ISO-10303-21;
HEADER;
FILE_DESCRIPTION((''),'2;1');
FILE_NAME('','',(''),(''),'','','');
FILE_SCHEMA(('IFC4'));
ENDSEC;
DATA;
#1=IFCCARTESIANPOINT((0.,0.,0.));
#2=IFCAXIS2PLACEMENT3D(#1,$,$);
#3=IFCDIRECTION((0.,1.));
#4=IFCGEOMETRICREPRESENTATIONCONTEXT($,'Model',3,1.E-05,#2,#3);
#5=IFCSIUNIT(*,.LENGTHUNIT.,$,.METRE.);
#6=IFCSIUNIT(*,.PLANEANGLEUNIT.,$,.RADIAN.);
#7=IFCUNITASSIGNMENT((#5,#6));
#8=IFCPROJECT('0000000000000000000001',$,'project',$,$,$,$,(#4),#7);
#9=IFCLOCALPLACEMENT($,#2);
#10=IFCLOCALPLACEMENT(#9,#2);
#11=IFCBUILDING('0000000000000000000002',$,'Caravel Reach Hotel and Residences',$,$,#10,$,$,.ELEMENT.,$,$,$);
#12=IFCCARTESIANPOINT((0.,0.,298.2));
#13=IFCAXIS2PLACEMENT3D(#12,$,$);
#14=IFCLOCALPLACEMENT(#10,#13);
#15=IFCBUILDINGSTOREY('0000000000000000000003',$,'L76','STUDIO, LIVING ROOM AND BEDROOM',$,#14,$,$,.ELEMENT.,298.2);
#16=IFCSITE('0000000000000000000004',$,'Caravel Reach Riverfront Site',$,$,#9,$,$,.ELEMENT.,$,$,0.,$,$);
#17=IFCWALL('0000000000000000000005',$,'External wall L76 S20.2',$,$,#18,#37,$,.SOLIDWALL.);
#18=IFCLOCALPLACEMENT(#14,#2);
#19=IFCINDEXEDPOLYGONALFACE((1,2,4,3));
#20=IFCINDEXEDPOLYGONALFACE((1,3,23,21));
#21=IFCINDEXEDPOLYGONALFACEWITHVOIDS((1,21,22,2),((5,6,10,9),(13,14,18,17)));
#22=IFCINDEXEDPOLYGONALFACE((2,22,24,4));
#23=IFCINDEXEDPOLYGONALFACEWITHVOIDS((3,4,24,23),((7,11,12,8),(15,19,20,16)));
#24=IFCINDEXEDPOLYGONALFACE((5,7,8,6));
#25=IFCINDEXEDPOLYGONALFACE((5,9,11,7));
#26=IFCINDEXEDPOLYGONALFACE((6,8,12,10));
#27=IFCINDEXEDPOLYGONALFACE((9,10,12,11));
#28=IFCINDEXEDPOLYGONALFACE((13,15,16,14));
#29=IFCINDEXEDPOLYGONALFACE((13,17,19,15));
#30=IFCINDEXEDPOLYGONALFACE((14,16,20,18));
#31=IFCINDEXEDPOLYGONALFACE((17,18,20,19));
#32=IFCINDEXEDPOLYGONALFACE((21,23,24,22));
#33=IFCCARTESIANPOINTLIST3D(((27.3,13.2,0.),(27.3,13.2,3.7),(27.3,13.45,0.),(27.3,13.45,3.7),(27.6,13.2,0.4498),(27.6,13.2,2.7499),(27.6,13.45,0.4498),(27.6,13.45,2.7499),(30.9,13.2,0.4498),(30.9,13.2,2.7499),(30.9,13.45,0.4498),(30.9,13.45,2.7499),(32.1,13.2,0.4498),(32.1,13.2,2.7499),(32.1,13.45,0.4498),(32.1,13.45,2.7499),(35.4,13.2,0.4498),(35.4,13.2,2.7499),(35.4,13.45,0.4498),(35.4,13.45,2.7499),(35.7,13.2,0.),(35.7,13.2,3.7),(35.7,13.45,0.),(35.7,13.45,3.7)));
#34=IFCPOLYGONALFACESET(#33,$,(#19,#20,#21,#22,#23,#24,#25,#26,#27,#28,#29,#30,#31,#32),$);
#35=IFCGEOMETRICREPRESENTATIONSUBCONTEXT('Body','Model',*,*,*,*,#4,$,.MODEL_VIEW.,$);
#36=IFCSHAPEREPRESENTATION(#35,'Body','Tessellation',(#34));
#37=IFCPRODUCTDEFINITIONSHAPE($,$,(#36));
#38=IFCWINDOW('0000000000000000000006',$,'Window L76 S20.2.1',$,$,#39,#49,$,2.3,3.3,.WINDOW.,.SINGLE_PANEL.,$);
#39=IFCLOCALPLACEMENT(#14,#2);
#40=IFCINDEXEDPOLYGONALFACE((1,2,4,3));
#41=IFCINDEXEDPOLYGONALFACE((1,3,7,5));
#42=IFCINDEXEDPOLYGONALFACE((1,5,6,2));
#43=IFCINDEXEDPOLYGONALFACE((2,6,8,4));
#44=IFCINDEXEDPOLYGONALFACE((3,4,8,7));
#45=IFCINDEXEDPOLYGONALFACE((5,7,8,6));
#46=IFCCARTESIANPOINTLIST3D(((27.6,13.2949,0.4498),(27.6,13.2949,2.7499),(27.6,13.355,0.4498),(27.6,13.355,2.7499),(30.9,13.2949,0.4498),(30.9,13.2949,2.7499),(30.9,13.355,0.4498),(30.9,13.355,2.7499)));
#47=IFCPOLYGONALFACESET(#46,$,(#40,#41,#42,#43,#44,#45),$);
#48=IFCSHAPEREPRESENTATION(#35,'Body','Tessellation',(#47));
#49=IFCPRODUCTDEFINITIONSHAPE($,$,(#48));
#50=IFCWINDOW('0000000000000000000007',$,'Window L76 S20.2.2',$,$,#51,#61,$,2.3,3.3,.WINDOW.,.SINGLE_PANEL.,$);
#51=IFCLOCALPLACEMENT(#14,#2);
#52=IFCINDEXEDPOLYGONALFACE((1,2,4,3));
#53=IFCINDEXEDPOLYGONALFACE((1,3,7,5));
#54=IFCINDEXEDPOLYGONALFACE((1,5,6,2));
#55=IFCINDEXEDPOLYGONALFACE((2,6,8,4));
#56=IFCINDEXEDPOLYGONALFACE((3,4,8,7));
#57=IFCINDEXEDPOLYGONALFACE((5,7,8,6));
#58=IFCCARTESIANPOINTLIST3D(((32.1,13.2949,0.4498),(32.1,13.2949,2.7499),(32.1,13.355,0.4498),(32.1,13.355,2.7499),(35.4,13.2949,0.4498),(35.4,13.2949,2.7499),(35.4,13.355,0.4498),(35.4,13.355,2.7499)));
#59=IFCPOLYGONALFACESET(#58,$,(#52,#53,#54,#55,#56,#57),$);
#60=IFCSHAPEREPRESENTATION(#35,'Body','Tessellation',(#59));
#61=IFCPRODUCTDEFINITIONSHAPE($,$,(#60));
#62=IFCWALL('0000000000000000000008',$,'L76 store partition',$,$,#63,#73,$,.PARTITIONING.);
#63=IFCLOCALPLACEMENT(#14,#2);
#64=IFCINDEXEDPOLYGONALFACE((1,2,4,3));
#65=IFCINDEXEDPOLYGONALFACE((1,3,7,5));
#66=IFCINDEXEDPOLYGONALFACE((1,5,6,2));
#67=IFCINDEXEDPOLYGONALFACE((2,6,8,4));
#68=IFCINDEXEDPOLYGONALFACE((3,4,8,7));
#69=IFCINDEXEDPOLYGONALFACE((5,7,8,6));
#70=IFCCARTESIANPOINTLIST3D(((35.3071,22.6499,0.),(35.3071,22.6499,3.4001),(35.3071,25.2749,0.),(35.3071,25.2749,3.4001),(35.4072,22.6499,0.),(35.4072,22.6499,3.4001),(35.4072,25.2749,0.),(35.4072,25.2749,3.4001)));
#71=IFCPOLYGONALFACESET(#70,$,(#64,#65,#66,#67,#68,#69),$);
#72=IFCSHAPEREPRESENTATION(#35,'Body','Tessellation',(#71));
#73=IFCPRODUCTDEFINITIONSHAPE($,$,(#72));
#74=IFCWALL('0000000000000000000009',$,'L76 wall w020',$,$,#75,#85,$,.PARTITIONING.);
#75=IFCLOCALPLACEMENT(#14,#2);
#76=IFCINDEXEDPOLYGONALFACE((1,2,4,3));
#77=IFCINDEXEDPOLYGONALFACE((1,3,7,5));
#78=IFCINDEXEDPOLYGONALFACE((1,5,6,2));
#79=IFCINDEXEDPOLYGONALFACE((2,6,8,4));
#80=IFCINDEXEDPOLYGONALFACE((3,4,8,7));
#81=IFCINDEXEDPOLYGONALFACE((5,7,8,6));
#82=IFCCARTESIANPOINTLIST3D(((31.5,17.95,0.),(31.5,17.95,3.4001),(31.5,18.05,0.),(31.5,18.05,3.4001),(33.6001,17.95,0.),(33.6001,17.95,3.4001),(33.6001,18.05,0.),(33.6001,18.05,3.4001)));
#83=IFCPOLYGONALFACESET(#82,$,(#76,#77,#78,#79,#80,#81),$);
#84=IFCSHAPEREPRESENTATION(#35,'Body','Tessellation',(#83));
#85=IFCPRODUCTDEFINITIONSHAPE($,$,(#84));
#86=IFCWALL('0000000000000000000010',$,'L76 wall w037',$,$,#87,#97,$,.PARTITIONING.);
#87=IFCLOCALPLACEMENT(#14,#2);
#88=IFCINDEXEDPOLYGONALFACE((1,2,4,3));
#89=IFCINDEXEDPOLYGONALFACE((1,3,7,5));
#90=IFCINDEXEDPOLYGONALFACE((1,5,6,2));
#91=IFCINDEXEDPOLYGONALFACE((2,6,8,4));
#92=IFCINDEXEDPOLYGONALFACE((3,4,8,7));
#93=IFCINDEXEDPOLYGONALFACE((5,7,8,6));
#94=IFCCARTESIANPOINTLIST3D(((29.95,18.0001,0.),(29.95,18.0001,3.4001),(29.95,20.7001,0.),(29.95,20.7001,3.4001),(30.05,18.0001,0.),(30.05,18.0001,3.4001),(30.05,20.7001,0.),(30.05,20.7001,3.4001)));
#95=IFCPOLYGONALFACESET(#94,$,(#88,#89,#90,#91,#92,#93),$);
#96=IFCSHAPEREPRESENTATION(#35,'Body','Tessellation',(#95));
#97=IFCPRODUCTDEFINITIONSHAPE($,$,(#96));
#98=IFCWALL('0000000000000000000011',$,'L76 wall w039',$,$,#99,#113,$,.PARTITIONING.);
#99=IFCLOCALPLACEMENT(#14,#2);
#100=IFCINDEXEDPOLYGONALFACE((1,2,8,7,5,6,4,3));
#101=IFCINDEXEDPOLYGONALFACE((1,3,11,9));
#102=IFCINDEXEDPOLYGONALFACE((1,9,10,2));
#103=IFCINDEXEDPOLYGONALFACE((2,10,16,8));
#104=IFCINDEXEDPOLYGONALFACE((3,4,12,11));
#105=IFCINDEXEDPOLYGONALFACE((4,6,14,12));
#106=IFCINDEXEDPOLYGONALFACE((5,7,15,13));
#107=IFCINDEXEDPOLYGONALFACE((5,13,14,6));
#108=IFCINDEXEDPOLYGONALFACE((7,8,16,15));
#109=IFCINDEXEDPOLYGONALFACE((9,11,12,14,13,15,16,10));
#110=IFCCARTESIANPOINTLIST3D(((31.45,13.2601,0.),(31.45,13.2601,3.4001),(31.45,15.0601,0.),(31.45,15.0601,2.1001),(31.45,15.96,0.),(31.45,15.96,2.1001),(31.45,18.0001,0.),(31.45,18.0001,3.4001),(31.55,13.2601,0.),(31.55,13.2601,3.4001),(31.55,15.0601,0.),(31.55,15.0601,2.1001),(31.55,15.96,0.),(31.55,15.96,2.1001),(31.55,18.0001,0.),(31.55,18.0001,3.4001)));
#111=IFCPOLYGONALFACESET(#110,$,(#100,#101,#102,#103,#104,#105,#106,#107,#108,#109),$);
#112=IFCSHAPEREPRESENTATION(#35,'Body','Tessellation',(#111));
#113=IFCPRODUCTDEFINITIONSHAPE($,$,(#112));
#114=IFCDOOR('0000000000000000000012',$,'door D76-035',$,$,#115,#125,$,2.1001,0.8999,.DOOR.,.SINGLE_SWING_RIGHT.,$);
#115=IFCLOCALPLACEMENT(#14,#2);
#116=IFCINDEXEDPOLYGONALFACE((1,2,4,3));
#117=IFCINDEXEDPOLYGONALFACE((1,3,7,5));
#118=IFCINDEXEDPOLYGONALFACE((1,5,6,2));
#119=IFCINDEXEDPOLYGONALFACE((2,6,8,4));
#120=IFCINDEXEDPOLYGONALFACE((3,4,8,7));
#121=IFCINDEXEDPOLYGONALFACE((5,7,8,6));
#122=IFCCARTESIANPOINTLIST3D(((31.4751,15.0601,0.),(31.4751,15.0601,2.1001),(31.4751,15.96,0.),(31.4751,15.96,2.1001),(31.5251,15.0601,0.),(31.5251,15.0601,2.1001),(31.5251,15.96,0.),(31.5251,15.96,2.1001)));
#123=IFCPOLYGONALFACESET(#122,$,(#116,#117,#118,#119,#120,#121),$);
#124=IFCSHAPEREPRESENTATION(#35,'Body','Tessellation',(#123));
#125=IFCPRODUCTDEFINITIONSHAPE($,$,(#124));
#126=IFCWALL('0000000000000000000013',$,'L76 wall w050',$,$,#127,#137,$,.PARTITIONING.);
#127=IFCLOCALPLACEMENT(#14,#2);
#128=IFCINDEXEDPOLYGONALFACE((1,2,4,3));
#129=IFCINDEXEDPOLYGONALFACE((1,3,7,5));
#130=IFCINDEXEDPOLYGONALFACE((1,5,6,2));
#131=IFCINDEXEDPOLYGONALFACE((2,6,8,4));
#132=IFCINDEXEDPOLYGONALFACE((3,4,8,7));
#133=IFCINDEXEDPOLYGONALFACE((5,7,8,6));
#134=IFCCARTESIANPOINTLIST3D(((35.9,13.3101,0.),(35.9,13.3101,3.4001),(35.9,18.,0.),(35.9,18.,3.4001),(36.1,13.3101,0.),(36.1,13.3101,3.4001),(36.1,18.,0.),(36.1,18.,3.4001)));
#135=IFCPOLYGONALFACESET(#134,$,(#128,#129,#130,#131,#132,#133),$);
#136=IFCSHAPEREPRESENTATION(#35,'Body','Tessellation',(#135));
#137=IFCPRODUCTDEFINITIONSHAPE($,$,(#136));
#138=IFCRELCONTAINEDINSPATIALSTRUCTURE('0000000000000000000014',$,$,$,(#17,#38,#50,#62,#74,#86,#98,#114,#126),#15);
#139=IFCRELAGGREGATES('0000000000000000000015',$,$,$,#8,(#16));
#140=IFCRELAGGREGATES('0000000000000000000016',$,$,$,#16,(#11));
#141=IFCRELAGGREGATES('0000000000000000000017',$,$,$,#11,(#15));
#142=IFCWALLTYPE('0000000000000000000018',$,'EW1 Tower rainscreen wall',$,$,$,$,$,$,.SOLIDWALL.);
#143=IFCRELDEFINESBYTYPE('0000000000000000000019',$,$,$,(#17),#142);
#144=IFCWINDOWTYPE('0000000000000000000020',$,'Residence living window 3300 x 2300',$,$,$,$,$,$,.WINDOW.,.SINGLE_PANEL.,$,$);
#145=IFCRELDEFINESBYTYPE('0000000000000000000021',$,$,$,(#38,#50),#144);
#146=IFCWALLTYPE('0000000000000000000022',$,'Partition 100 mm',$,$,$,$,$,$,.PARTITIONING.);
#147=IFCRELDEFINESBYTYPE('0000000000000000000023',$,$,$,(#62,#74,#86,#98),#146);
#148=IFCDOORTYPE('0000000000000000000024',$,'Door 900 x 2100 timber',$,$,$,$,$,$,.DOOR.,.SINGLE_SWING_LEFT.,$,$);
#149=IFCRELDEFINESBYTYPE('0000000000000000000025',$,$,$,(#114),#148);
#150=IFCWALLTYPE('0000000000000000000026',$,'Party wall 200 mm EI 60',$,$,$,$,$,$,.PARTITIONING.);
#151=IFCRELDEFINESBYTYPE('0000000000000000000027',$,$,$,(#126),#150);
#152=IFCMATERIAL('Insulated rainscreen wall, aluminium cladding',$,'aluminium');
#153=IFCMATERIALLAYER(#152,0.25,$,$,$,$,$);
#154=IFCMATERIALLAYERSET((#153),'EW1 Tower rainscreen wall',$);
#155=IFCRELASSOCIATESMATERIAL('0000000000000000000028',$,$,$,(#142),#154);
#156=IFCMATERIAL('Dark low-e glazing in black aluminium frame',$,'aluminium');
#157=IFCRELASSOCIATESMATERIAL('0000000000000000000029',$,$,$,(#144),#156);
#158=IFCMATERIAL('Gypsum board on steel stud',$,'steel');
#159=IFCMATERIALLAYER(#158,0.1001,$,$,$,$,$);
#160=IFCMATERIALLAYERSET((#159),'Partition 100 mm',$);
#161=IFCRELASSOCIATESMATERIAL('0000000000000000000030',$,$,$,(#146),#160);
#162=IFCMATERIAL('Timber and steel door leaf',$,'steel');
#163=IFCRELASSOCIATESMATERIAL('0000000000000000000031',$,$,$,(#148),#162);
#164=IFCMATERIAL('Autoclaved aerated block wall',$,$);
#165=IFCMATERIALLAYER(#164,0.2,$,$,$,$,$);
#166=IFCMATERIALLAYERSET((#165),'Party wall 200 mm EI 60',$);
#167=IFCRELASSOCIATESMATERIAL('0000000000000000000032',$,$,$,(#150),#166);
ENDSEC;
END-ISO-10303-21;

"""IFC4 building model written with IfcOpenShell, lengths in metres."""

from ifc_helpers import new_model, si_unit, direction, frame, frame_2d, origin, place, context, subcontext, project, spatial, rectangle, extrude, material, layer, layer_set, type_object, element, fill, save


model = new_model("IFC4")

# Units and contexts
model_context = context("Model", 3, precision=1e-05, world=origin(), true_north=direction((0.0, 1.0)))
body_context = subcontext(model_context, "Body", "Model", "MODEL_VIEW")
ifc_project = project(units=[si_unit("LENGTHUNIT", "METRE"), si_unit("PLANEANGLEUNIT", "RADIAN")], contexts=[model_context])

# Site, building, storey
site_placement = place(None, origin())
site = spatial("IfcSite", under=ifc_project, at=site_placement, Name="Caravel Reach Riverfront Site", CompositionType="ELEMENT", RefElevation=0.0)
building_placement = place(site_placement, origin())
building = spatial("IfcBuilding", under=site, at=building_placement, Name="Caravel Reach Hotel and Residences", CompositionType="ELEMENT")
storey_placement = place(building_placement, frame((0.0, 0.0, 298.2)))
storey = spatial("IfcBuildingStorey", under=building, at=storey_placement, Name="L76", Description="STUDIO, LIVING ROOM AND BEDROOM", CompositionType="ELEMENT", Elevation=298.2)

# Wall, openings, windows
ifc_material_1 = material(Name="Insulated rainscreen wall, aluminium cladding", Category="aluminium")
ifc_layer_1 = layer(ifc_material_1, 0.25)
ifc_layer_set_1 = layer_set([ifc_layer_1], Name="EW1 Tower rainscreen wall")
wall_type_1 = type_object("IfcWallType", Name="EW1 Tower rainscreen wall", PredefinedType="SOLIDWALL", material=ifc_layer_set_1)
wall_1_placement = place(storey_placement, frame((27.3, 13.325, 0.0), z_axis=(0.0, 0.0, 1.0), x_axis=(1.0, 0.0, 0.0)))
wall_1 = element("IfcWall", 1, at=wall_1_placement, inside=storey, type_object=wall_type_1, Name="External wall L76 S20.2", PredefinedType="SOLIDWALL", context=body_context, shape_type="SweptSolid", body=[
    extrude(rectangle(XDim=8.3999, YDim=0.25, at=frame_2d((4.2, 0.0))), origin(), (0.0, 0.0, 1.0), 3.7),
])
opening_1_placement = place(wall_1_placement, frame((0.3, 0.0, 0.45)))
opening_1 = element("IfcOpeningElement", 2, at=opening_1_placement, cuts=wall_1, PredefinedType="OPENING", context=body_context, shape_type="SweptSolid", body=[
    extrude(rectangle(XDim=3.3, YDim=2.3, at=frame_2d((1.6499, 1.1499))), frame((0.0, 0.135, 0.0), z_axis=(0.0, -1.0, 0.0), x_axis=(1.0, 0.0, 0.0)), (0.0, 0.0, 1.0), 0.27),
])
opening_2_placement = place(wall_1_placement, frame((4.8, 0.0, 0.45)))
opening_2 = element("IfcOpeningElement", 3, at=opening_2_placement, cuts=wall_1, PredefinedType="OPENING", context=body_context, shape_type="SweptSolid", body=[
    extrude(rectangle(XDim=3.3, YDim=2.3, at=frame_2d((1.6499, 1.1499))), frame((0.0, 0.135, 0.0), z_axis=(0.0, -1.0, 0.0), x_axis=(1.0, 0.0, 0.0)), (0.0, 0.0, 1.0), 0.27),
])
ifc_material_2 = material(Name="Dark low-e glazing in black aluminium frame", Category="aluminium")
window_type = type_object("IfcWindowType", Name="Residence living window 3300 x 2300", PartitioningType="SINGLE_PANEL", PredefinedType="WINDOW", material=ifc_material_2)
window_1_placement = place(opening_1_placement, origin())
window_1 = element("IfcWindow", 4, at=window_1_placement, inside=storey, type_object=window_type, Name="Window L76 S20.2.1", OverallHeight=2.3, OverallWidth=3.3, PartitioningType="SINGLE_PANEL", PredefinedType="WINDOW", context=body_context, shape_type="SweptSolid", body=[
    extrude(rectangle(XDim=3.3, YDim=2.3, at=frame_2d((1.6499, 1.1499))), frame((0.0, 0.03, 0.0), z_axis=(0.0, -1.0, 0.0), x_axis=(1.0, 0.0, 0.0)), (0.0, 0.0, 1.0), 0.0601),
])
fill(opening_1, window_1)
window_2_placement = place(opening_2_placement, origin())
window_2 = element("IfcWindow", 5, at=window_2_placement, inside=storey, type_object=window_type, Name="Window L76 S20.2.2", OverallHeight=2.3, OverallWidth=3.3, PartitioningType="SINGLE_PANEL", PredefinedType="WINDOW", context=body_context, shape_type="SweptSolid", body=[
    extrude(rectangle(XDim=3.3, YDim=2.3, at=frame_2d((1.6499, 1.1499))), frame((0.0, 0.03, 0.0), z_axis=(0.0, -1.0, 0.0), x_axis=(1.0, 0.0, 0.0)), (0.0, 0.0, 1.0), 0.0601),
])
fill(opening_2, window_2)

# Walls
ifc_material_3 = material(Name="Gypsum board on steel stud", Category="steel")
ifc_layer_2 = layer(ifc_material_3, 0.1001)
ifc_layer_set_2 = layer_set([ifc_layer_2], Name="Partition 100 mm")
wall_type_2 = type_object("IfcWallType", Name="Partition 100 mm", PredefinedType="PARTITIONING", material=ifc_layer_set_2)
wall_2_placement = place(storey_placement, frame((35.3572, 22.6499, 0.0), z_axis=(0.0, 0.0, 1.0), x_axis=(0.0, 1.0, 0.0)))
element("IfcWall", 6, at=wall_2_placement, inside=storey, type_object=wall_type_2, Name="L76 store partition", PredefinedType="PARTITIONING", context=body_context, shape_type="SweptSolid", body=[
    extrude(rectangle(XDim=2.625, YDim=0.1001, at=frame_2d((1.3125, 0.0))), origin(), (0.0, 0.0, 1.0), 3.4001),
])
wall_3_placement = place(storey_placement, frame((31.5, 18.0, 0.0), z_axis=(0.0, 0.0, 1.0), x_axis=(1.0, 0.0, 0.0)))
element("IfcWall", 7, at=wall_3_placement, inside=storey, type_object=wall_type_2, Name="L76 wall w020", PredefinedType="PARTITIONING", context=body_context, shape_type="SweptSolid", body=[
    extrude(rectangle(XDim=2.1001, YDim=0.1001, at=frame_2d((1.05, 0.0))), origin(), (0.0, 0.0, 1.0), 3.4001),
])
wall_4_placement = place(storey_placement, frame((30.0, 18.0, 0.0), z_axis=(0.0, 0.0, 1.0), x_axis=(0.0, 1.0, 0.0)))
element("IfcWall", 8, at=wall_4_placement, inside=storey, type_object=wall_type_2, Name="L76 wall w037", PredefinedType="PARTITIONING", context=body_context, shape_type="SweptSolid", body=[
    extrude(rectangle(XDim=2.7, YDim=0.1001, at=frame_2d((1.3501, 0.0))), origin(), (0.0, 0.0, 1.0), 3.4001),
])

# Wall, opening, door
wall_5_placement = place(storey_placement, frame((31.5, 13.26, 0.0), z_axis=(0.0, 0.0, 1.0), x_axis=(0.0, 1.0, 0.0)))
wall_5 = element("IfcWall", 9, at=wall_5_placement, inside=storey, type_object=wall_type_2, Name="L76 wall w039", PredefinedType="PARTITIONING", context=body_context, shape_type="SweptSolid", body=[
    extrude(rectangle(XDim=4.74, YDim=0.1001, at=frame_2d((2.3701, 0.0))), origin(), (0.0, 0.0, 1.0), 3.4001),
])
opening_3_placement = place(wall_5_placement, frame((1.8, 0.0, 0.0)))
opening_3 = element("IfcOpeningElement", 10, at=opening_3_placement, cuts=wall_5, PredefinedType="OPENING", context=body_context, shape_type="SweptSolid", body=[
    extrude(rectangle(XDim=0.8999, YDim=2.1001, at=frame_2d((0.45, 1.05))), frame((0.0, 0.0601, 0.0), z_axis=(0.0, -1.0, 0.0), x_axis=(1.0, 0.0, 0.0)), (0.0, 0.0, 1.0), 0.1201),
])
ifc_material_4 = material(Name="Timber and steel door leaf", Category="steel")
door_type_1 = type_object("IfcDoorType", Name="Door 900 x 2100 timber", OperationType="SINGLE_SWING_LEFT", PredefinedType="DOOR", material=ifc_material_4)
door_1_placement = place(opening_3_placement, origin())
door_1 = element("IfcDoor", 11, at=door_1_placement, inside=storey, type_object=door_type_1, Name="door D76-035", OperationType="SINGLE_SWING_RIGHT", OverallHeight=2.1001, OverallWidth=0.8999, PredefinedType="DOOR", context=body_context, shape_type="SweptSolid", body=[
    extrude(rectangle(XDim=0.8999, YDim=2.1001, at=frame_2d((0.45, 1.05))), frame((0.0, 0.0249, 0.0), z_axis=(0.0, -1.0, 0.0), x_axis=(1.0, 0.0, 0.0)), (0.0, 0.0, 1.0), 0.05),
])
fill(opening_3, door_1)

# Wall
ifc_material_5 = material(Name="Autoclaved aerated block wall")
ifc_layer_3 = layer(ifc_material_5, 0.2)
ifc_layer_set_3 = layer_set([ifc_layer_3], Name="Party wall 200 mm EI 60")
wall_type_3 = type_object("IfcWallType", Name="Party wall 200 mm EI 60", PredefinedType="PARTITIONING", material=ifc_layer_set_3)
wall_6_placement = place(storey_placement, frame((36.0, 13.3101, 0.0), z_axis=(0.0, 0.0, 1.0), x_axis=(0.0, 1.0, 0.0)))
element("IfcWall", 12, at=wall_6_placement, inside=storey, type_object=wall_type_3, Name="L76 wall w050", PredefinedType="PARTITIONING", context=body_context, shape_type="SweptSolid", body=[
    extrude(rectangle(XDim=4.6899, YDim=0.2, at=frame_2d((2.345, 0.0))), origin(), (0.0, 0.0, 1.0), 3.4001),
])

save(model, "model.ifc")
